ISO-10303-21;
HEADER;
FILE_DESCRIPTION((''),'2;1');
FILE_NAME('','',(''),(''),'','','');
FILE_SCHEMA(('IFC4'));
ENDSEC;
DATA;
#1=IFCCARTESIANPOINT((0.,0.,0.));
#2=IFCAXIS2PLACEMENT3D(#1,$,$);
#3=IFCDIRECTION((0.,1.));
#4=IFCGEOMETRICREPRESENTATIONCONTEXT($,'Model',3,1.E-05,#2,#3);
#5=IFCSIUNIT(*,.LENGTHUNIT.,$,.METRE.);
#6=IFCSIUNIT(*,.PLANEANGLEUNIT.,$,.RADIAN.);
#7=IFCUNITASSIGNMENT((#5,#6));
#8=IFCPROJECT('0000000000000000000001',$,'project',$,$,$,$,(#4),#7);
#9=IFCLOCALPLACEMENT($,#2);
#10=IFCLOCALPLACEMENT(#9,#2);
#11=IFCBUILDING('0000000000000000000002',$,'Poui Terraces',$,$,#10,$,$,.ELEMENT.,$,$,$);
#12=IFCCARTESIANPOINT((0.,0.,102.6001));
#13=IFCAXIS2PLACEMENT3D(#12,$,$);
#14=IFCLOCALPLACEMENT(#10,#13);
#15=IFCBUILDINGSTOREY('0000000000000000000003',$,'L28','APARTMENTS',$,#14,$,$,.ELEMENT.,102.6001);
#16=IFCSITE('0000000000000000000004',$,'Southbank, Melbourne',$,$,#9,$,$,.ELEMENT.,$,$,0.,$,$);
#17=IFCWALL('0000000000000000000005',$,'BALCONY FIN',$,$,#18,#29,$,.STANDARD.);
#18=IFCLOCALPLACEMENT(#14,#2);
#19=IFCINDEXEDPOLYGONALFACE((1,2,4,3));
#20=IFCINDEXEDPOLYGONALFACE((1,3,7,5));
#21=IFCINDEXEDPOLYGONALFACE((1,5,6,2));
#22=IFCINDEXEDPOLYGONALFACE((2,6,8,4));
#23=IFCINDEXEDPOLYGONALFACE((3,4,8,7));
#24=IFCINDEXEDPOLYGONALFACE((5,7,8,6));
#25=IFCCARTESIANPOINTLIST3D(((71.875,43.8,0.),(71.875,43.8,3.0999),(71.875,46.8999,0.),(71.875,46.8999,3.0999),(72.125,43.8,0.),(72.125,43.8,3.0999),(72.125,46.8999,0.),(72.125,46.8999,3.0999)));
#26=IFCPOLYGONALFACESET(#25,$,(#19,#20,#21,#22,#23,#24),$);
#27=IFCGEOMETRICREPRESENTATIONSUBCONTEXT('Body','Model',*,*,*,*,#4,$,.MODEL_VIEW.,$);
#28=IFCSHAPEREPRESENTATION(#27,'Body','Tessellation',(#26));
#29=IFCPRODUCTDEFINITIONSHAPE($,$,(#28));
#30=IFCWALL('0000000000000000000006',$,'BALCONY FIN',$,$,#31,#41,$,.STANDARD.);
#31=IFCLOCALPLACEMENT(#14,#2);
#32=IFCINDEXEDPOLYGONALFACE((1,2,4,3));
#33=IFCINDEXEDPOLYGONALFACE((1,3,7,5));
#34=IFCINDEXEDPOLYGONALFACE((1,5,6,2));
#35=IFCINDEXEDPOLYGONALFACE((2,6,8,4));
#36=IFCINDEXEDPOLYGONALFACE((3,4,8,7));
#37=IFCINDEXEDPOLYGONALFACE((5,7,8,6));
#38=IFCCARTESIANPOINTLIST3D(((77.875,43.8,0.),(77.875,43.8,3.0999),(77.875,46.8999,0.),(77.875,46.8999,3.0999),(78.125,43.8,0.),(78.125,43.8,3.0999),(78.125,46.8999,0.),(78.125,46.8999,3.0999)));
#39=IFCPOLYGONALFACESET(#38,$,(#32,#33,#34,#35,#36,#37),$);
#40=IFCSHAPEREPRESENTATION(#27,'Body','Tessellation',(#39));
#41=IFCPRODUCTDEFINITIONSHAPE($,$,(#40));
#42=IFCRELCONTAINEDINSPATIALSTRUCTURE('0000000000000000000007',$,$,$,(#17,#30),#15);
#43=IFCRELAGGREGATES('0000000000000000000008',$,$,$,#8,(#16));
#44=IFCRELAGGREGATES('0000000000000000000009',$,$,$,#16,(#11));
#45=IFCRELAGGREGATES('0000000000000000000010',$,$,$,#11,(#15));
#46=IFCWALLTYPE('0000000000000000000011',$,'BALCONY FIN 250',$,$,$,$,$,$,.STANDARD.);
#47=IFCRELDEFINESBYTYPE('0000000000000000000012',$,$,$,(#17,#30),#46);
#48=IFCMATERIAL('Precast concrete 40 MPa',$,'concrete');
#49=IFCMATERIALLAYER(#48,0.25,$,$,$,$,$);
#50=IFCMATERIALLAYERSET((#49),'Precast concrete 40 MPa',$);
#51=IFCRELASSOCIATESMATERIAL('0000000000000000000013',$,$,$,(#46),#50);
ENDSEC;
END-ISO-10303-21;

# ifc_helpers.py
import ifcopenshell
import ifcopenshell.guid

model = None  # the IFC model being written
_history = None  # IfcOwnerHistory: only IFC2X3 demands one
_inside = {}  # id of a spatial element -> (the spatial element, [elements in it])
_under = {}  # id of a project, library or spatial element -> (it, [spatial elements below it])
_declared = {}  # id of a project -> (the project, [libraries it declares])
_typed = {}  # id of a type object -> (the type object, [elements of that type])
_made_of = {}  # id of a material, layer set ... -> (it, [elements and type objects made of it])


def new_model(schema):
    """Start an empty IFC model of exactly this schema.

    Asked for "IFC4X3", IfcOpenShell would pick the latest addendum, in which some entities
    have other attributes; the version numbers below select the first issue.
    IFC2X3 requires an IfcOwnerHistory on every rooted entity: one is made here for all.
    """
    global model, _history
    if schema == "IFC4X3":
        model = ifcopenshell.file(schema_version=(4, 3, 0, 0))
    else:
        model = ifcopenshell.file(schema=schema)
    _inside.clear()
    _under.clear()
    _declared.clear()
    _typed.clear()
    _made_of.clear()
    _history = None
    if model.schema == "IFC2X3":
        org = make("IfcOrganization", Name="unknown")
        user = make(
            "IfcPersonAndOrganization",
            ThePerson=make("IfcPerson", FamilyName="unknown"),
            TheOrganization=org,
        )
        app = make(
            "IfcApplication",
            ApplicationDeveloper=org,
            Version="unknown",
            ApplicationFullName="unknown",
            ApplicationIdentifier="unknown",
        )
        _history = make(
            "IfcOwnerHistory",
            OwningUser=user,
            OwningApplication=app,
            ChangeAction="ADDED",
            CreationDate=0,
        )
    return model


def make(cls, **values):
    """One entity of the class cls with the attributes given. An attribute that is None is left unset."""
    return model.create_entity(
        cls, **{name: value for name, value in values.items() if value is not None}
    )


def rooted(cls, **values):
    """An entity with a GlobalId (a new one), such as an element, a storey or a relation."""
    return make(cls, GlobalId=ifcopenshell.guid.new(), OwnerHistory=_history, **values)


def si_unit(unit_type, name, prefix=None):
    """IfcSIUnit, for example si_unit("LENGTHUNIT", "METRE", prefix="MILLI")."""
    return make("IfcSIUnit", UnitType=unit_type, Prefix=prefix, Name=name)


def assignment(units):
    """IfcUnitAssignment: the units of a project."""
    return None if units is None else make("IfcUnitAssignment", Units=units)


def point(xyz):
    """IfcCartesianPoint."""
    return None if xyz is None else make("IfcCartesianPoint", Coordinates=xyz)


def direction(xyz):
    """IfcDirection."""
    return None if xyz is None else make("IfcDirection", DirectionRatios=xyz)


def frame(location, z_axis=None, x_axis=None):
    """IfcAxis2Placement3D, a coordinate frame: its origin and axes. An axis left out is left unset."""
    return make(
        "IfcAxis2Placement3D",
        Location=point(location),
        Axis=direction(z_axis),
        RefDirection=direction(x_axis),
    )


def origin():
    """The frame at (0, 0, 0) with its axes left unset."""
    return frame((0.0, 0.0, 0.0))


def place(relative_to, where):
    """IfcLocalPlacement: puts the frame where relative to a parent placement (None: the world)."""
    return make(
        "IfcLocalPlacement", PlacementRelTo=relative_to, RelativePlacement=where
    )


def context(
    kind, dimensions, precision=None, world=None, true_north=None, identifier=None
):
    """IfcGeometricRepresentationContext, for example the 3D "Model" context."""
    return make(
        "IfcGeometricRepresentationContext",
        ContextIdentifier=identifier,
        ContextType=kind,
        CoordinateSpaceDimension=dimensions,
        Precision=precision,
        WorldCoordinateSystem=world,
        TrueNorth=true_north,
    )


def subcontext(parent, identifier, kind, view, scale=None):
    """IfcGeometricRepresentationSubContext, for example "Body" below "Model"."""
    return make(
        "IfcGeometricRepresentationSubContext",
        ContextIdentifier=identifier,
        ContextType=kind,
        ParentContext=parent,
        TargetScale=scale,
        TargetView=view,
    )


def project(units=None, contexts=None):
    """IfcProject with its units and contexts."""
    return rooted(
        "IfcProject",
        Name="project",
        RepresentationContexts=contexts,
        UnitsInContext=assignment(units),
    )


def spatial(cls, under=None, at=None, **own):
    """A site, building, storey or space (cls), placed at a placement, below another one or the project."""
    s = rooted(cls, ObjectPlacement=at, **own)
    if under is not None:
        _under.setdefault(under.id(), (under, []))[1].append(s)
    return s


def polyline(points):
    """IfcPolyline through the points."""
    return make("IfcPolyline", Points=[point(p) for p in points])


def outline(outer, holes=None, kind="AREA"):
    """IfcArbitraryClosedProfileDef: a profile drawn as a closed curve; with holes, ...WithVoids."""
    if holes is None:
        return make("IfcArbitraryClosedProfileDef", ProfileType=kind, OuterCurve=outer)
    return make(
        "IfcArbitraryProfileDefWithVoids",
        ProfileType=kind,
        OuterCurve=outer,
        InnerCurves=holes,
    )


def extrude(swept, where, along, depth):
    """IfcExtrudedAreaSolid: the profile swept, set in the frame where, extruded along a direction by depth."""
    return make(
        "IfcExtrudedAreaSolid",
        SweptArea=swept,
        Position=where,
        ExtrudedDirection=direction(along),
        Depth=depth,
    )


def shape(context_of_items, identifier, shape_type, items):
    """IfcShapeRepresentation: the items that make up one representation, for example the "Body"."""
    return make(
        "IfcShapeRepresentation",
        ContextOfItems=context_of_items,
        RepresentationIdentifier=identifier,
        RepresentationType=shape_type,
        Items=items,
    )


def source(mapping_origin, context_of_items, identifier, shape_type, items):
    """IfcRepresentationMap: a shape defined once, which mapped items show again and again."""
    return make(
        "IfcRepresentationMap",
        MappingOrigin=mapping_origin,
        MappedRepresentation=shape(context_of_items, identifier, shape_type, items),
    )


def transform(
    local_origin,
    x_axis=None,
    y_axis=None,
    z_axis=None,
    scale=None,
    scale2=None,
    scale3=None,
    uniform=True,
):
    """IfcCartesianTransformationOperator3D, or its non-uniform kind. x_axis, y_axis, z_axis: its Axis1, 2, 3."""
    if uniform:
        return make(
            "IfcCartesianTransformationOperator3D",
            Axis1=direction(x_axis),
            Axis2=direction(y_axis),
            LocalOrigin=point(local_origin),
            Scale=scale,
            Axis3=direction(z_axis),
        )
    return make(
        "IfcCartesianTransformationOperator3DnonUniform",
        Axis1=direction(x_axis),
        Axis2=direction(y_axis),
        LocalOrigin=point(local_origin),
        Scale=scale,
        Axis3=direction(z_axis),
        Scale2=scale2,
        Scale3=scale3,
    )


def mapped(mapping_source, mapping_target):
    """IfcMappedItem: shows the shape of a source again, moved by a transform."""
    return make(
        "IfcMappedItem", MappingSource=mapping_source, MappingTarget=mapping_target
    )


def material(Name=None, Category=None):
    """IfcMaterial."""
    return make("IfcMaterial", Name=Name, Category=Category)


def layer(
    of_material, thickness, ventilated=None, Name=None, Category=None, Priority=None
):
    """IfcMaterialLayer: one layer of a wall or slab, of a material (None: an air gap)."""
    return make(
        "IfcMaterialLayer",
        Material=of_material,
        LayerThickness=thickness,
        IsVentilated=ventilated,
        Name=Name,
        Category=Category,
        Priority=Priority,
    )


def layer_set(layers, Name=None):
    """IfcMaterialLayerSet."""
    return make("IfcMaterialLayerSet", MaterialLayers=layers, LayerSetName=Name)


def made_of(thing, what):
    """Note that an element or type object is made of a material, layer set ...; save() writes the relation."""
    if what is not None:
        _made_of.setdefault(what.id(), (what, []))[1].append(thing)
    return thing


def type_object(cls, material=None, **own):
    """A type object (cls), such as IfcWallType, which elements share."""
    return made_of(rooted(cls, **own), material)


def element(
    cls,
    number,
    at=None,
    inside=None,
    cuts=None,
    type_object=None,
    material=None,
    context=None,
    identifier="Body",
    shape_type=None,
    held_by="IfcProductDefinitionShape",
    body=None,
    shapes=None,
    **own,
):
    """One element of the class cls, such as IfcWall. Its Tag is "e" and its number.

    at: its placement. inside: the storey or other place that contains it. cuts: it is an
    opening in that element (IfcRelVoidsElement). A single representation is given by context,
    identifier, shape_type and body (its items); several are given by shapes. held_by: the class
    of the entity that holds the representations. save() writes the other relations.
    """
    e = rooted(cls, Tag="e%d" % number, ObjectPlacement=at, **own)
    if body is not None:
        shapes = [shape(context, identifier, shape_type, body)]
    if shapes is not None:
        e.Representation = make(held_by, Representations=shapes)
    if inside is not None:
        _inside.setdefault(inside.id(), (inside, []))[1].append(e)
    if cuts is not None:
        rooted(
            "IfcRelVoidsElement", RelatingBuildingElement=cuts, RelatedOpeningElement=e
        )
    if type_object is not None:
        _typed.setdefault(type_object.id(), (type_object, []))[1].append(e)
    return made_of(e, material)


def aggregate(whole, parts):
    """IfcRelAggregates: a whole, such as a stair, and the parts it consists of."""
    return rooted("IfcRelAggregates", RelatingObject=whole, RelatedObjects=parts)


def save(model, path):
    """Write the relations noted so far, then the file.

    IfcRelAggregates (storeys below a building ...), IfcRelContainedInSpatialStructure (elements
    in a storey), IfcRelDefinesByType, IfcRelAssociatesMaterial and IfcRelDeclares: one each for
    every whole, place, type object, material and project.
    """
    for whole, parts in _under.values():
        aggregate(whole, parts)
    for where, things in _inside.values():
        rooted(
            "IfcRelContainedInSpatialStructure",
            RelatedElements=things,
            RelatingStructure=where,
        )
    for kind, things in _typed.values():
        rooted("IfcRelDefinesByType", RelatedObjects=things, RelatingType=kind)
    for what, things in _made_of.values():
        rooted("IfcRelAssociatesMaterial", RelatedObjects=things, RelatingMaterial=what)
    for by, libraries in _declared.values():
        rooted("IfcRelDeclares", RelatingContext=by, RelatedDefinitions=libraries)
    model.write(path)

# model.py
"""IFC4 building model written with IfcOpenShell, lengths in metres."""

from ifc_helpers import new_model, si_unit, direction, frame, origin, place, context, subcontext, project, spatial, polyline, outline, extrude, source, transform, mapped, material, layer, layer_set, type_object, element, save


model = new_model("IFC4")

# Units and contexts
model_context = context("Model", 3, precision=1e-05, world=origin(), true_north=direction((0.0, 1.0)))
body_context = subcontext(model_context, "Body", "Model", "MODEL_VIEW")
ifc_project = project(units=[si_unit("LENGTHUNIT", "METRE"), si_unit("PLANEANGLEUNIT", "RADIAN")], contexts=[model_context])

# Site, building, storey
site_placement = place(None, origin())
site = spatial("IfcSite", under=ifc_project, at=site_placement, Name="Southbank, Melbourne", CompositionType="ELEMENT", RefElevation=0.0)
building_placement = place(site_placement, origin())
building = spatial("IfcBuilding", under=site, at=building_placement, Name="Poui Terraces", CompositionType="ELEMENT")
storey_placement = place(building_placement, frame((0.0, 0.0, 102.6001)))
storey = spatial("IfcBuildingStorey", under=building, at=storey_placement, Name="L28", Description="APARTMENTS", CompositionType="ELEMENT", Elevation=102.6001)

# Walls
ifc_material_1 = material(Name="Precast concrete 40 MPa", Category="concrete")
ifc_layer_1 = layer(ifc_material_1, 0.25)
ifc_layer_set_1 = layer_set([ifc_layer_1], Name="Precast concrete 40 MPa")
wall_type_1 = type_object("IfcWallType", Name="BALCONY FIN 250", PredefinedType="STANDARD", material=ifc_layer_set_1)
shared_shape_1 = source(origin(), body_context, "Body", "SweptSolid", [
    extrude(outline(polyline([(0.0, 0.0), (0.25, 0.0), (0.25, 3.0999), (0.0, 3.0999), (0.0, 0.0)])), origin(), (0.0, 0.0, 1.0), 3.0999),
])
for number, where, name in (
    (1, (71.875, 43.8, 0.0), "BALCONY FIN"),
    (2, (77.875, 43.8, 0.0), "BALCONY FIN"),
):
    element("IfcWall", number, at=place(storey_placement, frame(where)), inside=storey, type_object=wall_type_1, Name=name, PredefinedType="STANDARD", context=body_context, shape_type="MappedRepresentation", body=[
        mapped(shared_shape_1, transform((0.0, 0.0, 0.0))),
    ])

save(model, "model.ifc")
